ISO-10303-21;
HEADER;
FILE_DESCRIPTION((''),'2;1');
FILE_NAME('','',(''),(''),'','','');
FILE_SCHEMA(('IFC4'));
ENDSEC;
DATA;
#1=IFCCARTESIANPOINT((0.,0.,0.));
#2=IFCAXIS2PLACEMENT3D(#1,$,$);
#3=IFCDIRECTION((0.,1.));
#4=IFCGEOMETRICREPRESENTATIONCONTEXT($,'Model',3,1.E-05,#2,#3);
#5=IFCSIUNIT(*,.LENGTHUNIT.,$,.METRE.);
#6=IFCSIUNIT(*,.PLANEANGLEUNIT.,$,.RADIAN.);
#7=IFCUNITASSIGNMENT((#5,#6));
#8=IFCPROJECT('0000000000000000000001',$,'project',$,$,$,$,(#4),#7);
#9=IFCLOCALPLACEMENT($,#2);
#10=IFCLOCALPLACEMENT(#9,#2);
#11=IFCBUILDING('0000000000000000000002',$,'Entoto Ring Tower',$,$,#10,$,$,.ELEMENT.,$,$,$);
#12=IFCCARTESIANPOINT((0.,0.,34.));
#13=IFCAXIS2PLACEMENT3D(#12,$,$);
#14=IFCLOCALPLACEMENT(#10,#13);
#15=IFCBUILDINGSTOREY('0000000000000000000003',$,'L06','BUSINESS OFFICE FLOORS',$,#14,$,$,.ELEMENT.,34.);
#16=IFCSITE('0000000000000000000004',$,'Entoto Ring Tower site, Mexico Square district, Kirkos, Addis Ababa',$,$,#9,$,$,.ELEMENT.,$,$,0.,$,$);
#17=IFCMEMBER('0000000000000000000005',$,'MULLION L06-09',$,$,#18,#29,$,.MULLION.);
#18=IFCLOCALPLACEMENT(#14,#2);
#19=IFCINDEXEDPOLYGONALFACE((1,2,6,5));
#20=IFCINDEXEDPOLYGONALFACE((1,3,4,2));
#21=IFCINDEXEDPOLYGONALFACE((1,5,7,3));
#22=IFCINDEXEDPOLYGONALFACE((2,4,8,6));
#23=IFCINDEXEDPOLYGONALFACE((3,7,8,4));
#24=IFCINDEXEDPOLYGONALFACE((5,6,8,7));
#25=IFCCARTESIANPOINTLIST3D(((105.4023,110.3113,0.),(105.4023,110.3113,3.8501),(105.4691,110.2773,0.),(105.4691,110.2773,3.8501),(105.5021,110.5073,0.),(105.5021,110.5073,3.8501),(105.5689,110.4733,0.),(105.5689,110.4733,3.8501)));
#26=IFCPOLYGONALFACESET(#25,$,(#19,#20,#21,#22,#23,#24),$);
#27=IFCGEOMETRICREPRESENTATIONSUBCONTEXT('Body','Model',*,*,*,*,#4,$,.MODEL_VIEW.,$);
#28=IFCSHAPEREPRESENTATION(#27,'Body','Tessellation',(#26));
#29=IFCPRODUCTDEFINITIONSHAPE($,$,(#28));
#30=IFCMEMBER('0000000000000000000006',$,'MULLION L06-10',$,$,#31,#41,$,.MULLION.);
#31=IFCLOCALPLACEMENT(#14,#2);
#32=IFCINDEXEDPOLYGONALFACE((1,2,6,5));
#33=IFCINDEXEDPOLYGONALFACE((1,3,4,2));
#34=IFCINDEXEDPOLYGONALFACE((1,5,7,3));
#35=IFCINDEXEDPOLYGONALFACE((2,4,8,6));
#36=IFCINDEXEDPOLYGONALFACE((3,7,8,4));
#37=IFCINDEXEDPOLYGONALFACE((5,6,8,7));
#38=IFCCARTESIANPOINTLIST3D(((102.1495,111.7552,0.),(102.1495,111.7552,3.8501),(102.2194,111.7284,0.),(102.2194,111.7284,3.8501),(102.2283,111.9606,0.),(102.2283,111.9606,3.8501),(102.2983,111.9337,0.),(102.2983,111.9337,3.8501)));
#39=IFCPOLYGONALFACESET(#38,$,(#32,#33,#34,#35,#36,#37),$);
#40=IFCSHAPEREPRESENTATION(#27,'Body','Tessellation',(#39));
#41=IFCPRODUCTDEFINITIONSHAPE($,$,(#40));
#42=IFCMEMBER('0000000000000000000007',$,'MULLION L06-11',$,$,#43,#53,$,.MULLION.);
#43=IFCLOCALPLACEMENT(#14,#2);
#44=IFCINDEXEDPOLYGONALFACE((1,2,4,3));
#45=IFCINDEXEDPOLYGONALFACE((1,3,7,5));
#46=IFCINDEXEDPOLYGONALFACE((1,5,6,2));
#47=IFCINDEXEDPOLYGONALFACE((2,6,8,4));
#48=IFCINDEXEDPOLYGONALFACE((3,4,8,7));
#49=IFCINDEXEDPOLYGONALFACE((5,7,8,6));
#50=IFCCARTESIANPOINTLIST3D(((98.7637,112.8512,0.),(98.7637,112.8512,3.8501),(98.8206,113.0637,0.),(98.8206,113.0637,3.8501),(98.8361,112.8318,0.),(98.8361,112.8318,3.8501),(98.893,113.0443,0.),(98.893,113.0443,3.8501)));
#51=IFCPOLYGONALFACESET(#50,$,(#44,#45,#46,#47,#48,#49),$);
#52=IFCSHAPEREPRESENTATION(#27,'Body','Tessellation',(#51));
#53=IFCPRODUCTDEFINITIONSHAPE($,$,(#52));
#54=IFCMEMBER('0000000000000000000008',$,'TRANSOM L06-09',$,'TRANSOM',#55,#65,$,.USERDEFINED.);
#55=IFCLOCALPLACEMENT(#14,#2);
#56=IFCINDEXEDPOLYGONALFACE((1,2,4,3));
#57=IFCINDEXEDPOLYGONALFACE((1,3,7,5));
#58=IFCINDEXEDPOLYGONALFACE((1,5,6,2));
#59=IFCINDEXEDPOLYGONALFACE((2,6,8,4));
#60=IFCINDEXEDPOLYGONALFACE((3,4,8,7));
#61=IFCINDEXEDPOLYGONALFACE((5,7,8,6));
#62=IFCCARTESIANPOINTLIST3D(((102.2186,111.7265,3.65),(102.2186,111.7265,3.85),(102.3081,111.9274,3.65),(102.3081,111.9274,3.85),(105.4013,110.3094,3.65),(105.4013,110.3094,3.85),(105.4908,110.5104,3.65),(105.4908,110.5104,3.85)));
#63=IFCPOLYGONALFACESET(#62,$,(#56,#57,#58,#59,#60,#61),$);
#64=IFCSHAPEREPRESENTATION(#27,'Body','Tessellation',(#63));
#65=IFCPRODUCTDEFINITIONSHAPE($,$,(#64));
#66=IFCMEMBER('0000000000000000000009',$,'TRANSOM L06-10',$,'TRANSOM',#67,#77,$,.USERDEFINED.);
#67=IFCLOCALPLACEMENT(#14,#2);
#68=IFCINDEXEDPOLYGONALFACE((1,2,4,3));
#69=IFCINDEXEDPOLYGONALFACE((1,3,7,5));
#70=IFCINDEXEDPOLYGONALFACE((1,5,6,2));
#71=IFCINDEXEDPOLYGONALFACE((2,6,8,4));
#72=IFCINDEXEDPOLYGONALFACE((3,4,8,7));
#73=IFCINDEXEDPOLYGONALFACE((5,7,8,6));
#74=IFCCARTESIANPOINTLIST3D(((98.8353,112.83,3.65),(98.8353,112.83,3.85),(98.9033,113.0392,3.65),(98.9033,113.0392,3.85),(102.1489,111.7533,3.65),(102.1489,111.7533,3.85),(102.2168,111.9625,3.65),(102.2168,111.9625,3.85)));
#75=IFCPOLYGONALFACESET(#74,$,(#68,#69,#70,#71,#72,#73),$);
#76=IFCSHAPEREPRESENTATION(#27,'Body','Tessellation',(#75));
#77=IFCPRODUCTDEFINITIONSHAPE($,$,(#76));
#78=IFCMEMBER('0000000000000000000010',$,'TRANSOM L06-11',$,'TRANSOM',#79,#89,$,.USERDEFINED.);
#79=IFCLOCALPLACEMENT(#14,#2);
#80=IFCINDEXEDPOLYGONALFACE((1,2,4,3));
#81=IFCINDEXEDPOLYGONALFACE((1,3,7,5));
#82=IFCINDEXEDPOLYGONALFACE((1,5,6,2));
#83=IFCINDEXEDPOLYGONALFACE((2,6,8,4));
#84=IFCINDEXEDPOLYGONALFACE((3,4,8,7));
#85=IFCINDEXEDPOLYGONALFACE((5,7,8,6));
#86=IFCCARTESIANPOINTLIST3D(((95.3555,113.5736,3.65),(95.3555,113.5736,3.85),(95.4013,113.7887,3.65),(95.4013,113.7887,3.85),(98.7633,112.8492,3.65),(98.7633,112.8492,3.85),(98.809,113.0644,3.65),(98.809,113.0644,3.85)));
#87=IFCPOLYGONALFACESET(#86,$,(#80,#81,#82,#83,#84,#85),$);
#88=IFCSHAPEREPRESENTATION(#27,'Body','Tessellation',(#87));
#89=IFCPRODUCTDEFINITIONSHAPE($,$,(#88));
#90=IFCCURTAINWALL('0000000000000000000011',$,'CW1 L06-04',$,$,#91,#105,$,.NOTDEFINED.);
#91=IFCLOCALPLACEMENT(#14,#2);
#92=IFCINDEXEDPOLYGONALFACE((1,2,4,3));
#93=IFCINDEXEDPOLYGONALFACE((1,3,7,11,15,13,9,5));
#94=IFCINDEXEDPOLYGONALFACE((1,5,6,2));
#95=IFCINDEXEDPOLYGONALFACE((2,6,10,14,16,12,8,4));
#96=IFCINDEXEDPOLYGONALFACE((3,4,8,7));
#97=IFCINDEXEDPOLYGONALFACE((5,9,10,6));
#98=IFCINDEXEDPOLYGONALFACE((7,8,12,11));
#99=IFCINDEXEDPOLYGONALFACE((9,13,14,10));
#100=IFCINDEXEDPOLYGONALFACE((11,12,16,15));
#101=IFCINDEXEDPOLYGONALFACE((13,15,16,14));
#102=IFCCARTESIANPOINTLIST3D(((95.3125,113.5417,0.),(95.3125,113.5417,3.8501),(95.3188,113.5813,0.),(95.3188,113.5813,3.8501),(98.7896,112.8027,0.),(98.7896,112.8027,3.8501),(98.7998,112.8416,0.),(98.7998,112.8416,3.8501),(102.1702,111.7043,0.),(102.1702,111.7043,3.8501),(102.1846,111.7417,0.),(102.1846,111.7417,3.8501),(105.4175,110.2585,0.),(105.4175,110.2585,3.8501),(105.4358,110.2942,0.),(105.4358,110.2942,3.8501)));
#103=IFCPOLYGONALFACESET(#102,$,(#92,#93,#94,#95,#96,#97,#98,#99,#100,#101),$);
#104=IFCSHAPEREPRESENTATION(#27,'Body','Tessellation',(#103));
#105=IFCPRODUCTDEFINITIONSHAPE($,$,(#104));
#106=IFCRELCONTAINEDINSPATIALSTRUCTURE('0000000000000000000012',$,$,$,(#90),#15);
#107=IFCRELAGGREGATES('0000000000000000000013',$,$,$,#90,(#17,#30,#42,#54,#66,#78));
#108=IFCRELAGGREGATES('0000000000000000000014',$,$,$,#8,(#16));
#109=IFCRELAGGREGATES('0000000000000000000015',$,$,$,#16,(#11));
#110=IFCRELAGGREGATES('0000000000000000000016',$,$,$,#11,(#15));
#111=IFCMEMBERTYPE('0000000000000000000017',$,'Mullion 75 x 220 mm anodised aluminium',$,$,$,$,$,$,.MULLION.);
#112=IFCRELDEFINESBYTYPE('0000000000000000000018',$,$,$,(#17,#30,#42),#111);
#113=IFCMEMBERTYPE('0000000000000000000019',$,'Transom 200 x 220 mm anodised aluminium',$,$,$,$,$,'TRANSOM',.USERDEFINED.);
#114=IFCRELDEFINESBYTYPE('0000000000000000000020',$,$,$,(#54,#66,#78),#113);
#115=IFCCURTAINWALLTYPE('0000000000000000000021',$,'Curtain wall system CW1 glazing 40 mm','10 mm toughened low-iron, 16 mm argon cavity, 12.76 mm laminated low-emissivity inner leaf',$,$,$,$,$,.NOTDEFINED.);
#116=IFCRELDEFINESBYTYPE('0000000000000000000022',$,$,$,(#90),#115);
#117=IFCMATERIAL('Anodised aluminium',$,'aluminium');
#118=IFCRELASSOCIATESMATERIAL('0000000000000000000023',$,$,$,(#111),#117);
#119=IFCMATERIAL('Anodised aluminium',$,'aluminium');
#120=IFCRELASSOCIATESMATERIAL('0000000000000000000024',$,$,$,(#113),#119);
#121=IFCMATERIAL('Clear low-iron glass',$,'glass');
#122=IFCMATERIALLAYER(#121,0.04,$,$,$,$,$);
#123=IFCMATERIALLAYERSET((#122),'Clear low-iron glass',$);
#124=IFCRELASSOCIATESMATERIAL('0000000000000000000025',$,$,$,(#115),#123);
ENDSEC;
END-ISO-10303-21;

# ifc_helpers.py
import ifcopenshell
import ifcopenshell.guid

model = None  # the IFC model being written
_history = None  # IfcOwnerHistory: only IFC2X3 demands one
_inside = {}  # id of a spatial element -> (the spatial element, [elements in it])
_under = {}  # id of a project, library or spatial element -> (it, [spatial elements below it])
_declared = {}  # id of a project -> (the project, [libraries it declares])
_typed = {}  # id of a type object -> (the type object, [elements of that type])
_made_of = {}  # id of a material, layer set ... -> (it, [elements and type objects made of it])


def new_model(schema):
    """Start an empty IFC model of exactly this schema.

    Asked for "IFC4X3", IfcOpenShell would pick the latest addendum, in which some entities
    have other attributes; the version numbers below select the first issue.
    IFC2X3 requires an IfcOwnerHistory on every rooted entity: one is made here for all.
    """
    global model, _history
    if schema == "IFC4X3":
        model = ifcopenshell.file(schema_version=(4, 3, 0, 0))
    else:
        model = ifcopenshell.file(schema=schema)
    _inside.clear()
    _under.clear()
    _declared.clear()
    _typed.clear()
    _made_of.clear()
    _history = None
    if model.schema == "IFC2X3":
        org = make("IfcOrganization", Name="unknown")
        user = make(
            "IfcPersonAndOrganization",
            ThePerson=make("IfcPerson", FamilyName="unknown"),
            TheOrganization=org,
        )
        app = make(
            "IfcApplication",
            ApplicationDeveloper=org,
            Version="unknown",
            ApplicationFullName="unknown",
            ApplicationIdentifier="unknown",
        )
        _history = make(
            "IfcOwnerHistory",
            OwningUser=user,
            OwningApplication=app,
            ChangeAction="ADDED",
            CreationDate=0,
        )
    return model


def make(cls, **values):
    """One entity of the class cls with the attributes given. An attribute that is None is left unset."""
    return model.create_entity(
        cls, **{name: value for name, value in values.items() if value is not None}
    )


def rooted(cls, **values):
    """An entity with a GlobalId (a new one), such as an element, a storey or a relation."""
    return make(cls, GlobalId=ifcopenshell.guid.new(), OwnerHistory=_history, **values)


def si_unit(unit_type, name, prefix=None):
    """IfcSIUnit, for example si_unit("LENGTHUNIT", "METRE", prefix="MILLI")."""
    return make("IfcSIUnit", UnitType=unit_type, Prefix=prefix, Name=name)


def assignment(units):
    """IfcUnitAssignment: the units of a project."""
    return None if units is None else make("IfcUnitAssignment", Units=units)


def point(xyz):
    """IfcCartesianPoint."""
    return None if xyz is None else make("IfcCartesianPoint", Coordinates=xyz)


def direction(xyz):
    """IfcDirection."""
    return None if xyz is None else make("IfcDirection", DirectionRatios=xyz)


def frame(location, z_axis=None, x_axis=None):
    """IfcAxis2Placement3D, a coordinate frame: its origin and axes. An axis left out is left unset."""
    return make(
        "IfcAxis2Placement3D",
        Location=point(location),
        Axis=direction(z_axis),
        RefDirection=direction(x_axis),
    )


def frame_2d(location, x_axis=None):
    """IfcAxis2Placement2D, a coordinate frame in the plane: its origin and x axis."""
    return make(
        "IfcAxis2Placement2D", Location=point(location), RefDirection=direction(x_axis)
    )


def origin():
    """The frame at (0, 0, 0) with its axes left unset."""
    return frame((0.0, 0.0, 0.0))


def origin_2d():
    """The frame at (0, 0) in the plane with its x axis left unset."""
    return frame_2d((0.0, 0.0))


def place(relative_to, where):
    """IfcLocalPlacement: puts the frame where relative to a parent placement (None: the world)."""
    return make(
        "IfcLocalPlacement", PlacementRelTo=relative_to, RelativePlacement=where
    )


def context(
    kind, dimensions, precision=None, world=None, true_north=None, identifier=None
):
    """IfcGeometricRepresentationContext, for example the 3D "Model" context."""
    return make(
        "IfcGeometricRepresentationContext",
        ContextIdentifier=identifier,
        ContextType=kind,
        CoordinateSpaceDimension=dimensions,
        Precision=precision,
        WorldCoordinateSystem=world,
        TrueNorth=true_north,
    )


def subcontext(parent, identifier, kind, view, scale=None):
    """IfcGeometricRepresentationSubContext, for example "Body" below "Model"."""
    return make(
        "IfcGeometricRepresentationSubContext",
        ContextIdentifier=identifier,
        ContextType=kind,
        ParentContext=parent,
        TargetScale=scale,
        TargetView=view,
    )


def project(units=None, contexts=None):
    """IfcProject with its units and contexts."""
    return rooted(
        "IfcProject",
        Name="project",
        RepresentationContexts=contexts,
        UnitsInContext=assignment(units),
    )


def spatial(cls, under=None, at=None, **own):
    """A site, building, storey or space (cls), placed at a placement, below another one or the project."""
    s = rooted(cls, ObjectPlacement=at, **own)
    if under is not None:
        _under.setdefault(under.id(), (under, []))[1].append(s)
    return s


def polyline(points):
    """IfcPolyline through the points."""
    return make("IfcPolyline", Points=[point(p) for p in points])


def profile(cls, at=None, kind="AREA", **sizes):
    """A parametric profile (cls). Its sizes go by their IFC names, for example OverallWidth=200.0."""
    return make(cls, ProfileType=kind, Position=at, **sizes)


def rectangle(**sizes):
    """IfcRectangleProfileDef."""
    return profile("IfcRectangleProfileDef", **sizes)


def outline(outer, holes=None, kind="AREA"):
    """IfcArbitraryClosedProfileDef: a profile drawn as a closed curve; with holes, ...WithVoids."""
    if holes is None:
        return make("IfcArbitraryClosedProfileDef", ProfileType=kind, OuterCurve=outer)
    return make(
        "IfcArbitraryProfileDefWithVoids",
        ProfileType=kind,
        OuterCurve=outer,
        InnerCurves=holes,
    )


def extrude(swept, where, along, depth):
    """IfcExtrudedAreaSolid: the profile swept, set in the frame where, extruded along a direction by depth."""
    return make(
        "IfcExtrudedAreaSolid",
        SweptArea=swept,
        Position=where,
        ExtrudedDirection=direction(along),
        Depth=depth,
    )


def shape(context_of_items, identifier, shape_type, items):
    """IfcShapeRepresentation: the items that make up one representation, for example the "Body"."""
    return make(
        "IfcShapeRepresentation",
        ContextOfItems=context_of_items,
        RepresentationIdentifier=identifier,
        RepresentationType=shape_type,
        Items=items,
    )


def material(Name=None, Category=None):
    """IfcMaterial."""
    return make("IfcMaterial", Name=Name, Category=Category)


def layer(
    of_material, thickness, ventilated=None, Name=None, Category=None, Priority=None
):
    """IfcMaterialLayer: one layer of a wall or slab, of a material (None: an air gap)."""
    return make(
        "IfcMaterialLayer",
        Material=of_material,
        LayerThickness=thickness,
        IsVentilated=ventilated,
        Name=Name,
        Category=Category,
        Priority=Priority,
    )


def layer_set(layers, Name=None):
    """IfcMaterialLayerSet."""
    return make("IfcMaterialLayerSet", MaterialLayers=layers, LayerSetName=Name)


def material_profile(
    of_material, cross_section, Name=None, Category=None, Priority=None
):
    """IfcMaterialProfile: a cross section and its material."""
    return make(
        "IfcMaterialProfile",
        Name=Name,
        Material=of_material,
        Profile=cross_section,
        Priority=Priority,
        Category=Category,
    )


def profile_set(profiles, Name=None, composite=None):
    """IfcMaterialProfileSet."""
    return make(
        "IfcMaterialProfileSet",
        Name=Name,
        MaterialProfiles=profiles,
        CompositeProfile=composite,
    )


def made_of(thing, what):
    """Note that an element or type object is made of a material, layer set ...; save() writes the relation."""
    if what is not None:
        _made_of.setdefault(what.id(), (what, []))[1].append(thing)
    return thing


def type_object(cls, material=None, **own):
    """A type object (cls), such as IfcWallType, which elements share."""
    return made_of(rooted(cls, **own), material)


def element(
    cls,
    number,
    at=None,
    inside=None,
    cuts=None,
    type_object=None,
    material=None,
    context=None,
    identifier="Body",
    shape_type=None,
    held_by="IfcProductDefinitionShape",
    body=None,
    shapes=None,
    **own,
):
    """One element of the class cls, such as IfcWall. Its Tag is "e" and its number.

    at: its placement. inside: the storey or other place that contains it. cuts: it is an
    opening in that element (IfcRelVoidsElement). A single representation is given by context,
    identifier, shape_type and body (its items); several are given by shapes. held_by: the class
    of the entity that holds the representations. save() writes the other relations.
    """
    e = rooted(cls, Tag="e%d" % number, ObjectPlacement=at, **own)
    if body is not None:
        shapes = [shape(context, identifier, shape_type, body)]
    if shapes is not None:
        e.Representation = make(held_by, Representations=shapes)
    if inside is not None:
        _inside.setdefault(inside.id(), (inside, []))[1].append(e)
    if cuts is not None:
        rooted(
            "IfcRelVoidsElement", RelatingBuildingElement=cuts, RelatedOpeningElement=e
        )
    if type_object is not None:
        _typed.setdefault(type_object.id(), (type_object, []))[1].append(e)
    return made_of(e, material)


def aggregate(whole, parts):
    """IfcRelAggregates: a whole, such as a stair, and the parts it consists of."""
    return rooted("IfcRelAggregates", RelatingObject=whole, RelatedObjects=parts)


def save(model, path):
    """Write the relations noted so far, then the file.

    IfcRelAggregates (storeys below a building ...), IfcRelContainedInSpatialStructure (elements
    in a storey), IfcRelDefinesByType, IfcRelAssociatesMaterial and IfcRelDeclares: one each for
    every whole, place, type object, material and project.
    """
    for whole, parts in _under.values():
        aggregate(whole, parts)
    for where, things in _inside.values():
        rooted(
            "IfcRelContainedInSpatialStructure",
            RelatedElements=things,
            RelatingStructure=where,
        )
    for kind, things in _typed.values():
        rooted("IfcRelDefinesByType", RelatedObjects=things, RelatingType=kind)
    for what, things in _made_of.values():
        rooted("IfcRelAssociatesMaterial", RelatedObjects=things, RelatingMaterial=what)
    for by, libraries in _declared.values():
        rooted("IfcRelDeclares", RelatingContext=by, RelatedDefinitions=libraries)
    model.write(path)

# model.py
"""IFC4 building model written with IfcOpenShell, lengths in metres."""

from ifc_helpers import new_model, si_unit, direction, frame, origin, origin_2d, place, context, subcontext, project, spatial, polyline, rectangle, outline, extrude, material, layer, layer_set, material_profile, profile_set, type_object, element, aggregate, save


model = new_model("IFC4")

# Units and contexts
model_context = context("Model", 3, precision=1e-05, world=origin(), true_north=direction((0.0, 1.0)))
body_context = subcontext(model_context, "Body", "Model", "MODEL_VIEW")
ifc_project = project(units=[si_unit("LENGTHUNIT", "METRE"), si_unit("PLANEANGLEUNIT", "RADIAN")], contexts=[model_context])

# Members
ifc_material_1 = material(Name="Anodised aluminium", Category="aluminium")
ifc_material_profile_1 = material_profile(ifc_material_1, rectangle(XDim=0.075, YDim=0.22, at=origin_2d()), Name="Mullion 75 x 220 mm anodised aluminium")
ifc_profile_set_1 = profile_set([ifc_material_profile_1], Name="Anodised aluminium")
member_type_1 = type_object("IfcMemberType", Name="Mullion 75 x 220 mm anodised aluminium", PredefinedType="MULLION", material=ifc_profile_set_1)
site_placement = place(None, origin())
building_placement = place(site_placement, origin())
storey_placement = place(building_placement, frame((0.0, 0.0, 34.0)))
member_1_placement = place(storey_placement, frame((105.4856, 110.3923, 0.0), z_axis=(0.0, 0.0, 1.0), x_axis=(-0.891007, 0.45399, 0.0)))
member_1 = element("IfcMember", 1, at=member_1_placement, type_object=member_type_1, Name="MULLION L06-09", PredefinedType="MULLION", context=body_context, shape_type="SweptSolid", body=[
    extrude(rectangle(XDim=0.075, YDim=0.22, at=origin_2d()), origin(), (0.0, 0.0, 1.0), 3.8501),
])
member_2_placement = place(storey_placement, frame((102.2239, 111.8445, 0.0), z_axis=(0.0, 0.0, 1.0), x_axis=(-0.93358, 0.358368, 0.0)))
member_2 = element("IfcMember", 2, at=member_2_placement, type_object=member_type_1, Name="MULLION L06-10", PredefinedType="MULLION", context=body_context, shape_type="SweptSolid", body=[
    extrude(rectangle(XDim=0.075, YDim=0.22, at=origin_2d()), origin(), (0.0, 0.0, 1.0), 3.8501),
])
member_3_placement = place(storey_placement, frame((98.8284, 112.9478, 0.0), z_axis=(0.0, 0.0, 1.0), x_axis=(-0.965926, 0.258819, 0.0)))
member_3 = element("IfcMember", 3, at=member_3_placement, type_object=member_type_1, Name="MULLION L06-11", PredefinedType="MULLION", context=body_context, shape_type="SweptSolid", body=[
    extrude(rectangle(XDim=0.075, YDim=0.22, at=origin_2d()), origin(), (0.0, 0.0, 1.0), 3.8501),
])
ifc_material_2 = material(Name="Anodised aluminium", Category="aluminium")
ifc_material_profile_2 = material_profile(ifc_material_2, rectangle(XDim=0.22, YDim=0.2, at=origin_2d()), Name="Transom 200 x 220 mm anodised aluminium")
ifc_profile_set_2 = profile_set([ifc_material_profile_2], Name="Anodised aluminium")
member_type_2 = type_object("IfcMemberType", Name="Transom 200 x 220 mm anodised aluminium", ElementType="TRANSOM", PredefinedType="USERDEFINED", material=ifc_profile_set_2)
member_4_placement = place(storey_placement, frame((105.446, 110.4099, 3.75), z_axis=(-0.913545, 0.406737, 0.0), x_axis=(-0.406737, -0.913545, 0.0)))
member_4 = element("IfcMember", 4, at=member_4_placement, type_object=member_type_2, Name="TRANSOM L06-09", ObjectType="TRANSOM", PredefinedType="USERDEFINED", context=body_context, shape_type="SweptSolid", body=[
    extrude(rectangle(XDim=0.22, YDim=0.2, at=origin_2d()), origin(), (0.0, 0.0, 1.0), 3.4839),
])
member_5_placement = place(storey_placement, frame((102.1829, 111.8579, 3.75), z_axis=(-0.951053, 0.309029, 0.0), x_axis=(-0.309029, -0.951053, 0.0)))
member_5 = element("IfcMember", 5, at=member_5_placement, type_object=member_type_2, Name="TRANSOM L06-10", ObjectType="TRANSOM", PredefinedType="USERDEFINED", context=body_context, shape_type="SweptSolid", body=[
    extrude(rectangle(XDim=0.22, YDim=0.2, at=origin_2d()), origin(), (0.0, 0.0, 1.0), 3.4841),
])
member_6_placement = place(storey_placement, frame((98.7861, 112.9568, 3.75), z_axis=(-0.978146, 0.207921, 0.0), x_axis=(-0.207921, -0.978146, 0.0)))
member_6 = element("IfcMember", 6, at=member_6_placement, type_object=member_type_2, Name="TRANSOM L06-11", ObjectType="TRANSOM", PredefinedType="USERDEFINED", context=body_context, shape_type="SweptSolid", body=[
    extrude(rectangle(XDim=0.22, YDim=0.2, at=origin_2d()), origin(), (0.0, 0.0, 1.0), 3.4839),
])

# Site, building, storey
site = spatial("IfcSite", under=ifc_project, at=site_placement, Name="Entoto Ring Tower site, Mexico Square district, Kirkos, Addis Ababa", CompositionType="ELEMENT", RefElevation=0.0)
building = spatial("IfcBuilding", under=site, at=building_placement, Name="Entoto Ring Tower", CompositionType="ELEMENT")
storey = spatial("IfcBuildingStorey", under=building, at=storey_placement, Name="L06", Description="BUSINESS OFFICE FLOORS", CompositionType="ELEMENT", Elevation=34.0)

# Curtain wall
ifc_material_3 = material(Name="Clear low-iron glass", Category="glass")
ifc_layer = layer(ifc_material_3, 0.04)
ifc_layer_set = layer_set([ifc_layer], Name="Clear low-iron glass")
curtain_wall_type = type_object("IfcCurtainWallType", Name="Curtain wall system CW1 glazing 40 mm", Description="10 mm toughened low-iron, 16 mm argon cavity, 12.76 mm laminated low-emissivity inner leaf", PredefinedType="NOTDEFINED", material=ifc_layer_set)
curtain_wall_1_placement = place(storey_placement, origin())
curtain_wall_1 = element("IfcCurtainWall", 7, at=curtain_wall_1_placement, inside=storey, type_object=curtain_wall_type, Name="CW1 L06-04", PredefinedType="NOTDEFINED", context=body_context, shape_type="SweptSolid", body=[
    extrude(outline(polyline([(105.4358, 110.2942), (102.1846, 111.7417), (98.7998, 112.8416), (95.3188, 113.5813), (95.3125, 113.5417), (98.7896, 112.8027), (102.1702, 111.7043), (105.4175, 110.2585), (105.4358, 110.2942)])), origin(), (0.0, 0.0, 1.0), 3.8501),
])
aggregate(curtain_wall_1, [member_1, member_2, member_3, member_4, member_5, member_6])

save(model, "model.ifc")
